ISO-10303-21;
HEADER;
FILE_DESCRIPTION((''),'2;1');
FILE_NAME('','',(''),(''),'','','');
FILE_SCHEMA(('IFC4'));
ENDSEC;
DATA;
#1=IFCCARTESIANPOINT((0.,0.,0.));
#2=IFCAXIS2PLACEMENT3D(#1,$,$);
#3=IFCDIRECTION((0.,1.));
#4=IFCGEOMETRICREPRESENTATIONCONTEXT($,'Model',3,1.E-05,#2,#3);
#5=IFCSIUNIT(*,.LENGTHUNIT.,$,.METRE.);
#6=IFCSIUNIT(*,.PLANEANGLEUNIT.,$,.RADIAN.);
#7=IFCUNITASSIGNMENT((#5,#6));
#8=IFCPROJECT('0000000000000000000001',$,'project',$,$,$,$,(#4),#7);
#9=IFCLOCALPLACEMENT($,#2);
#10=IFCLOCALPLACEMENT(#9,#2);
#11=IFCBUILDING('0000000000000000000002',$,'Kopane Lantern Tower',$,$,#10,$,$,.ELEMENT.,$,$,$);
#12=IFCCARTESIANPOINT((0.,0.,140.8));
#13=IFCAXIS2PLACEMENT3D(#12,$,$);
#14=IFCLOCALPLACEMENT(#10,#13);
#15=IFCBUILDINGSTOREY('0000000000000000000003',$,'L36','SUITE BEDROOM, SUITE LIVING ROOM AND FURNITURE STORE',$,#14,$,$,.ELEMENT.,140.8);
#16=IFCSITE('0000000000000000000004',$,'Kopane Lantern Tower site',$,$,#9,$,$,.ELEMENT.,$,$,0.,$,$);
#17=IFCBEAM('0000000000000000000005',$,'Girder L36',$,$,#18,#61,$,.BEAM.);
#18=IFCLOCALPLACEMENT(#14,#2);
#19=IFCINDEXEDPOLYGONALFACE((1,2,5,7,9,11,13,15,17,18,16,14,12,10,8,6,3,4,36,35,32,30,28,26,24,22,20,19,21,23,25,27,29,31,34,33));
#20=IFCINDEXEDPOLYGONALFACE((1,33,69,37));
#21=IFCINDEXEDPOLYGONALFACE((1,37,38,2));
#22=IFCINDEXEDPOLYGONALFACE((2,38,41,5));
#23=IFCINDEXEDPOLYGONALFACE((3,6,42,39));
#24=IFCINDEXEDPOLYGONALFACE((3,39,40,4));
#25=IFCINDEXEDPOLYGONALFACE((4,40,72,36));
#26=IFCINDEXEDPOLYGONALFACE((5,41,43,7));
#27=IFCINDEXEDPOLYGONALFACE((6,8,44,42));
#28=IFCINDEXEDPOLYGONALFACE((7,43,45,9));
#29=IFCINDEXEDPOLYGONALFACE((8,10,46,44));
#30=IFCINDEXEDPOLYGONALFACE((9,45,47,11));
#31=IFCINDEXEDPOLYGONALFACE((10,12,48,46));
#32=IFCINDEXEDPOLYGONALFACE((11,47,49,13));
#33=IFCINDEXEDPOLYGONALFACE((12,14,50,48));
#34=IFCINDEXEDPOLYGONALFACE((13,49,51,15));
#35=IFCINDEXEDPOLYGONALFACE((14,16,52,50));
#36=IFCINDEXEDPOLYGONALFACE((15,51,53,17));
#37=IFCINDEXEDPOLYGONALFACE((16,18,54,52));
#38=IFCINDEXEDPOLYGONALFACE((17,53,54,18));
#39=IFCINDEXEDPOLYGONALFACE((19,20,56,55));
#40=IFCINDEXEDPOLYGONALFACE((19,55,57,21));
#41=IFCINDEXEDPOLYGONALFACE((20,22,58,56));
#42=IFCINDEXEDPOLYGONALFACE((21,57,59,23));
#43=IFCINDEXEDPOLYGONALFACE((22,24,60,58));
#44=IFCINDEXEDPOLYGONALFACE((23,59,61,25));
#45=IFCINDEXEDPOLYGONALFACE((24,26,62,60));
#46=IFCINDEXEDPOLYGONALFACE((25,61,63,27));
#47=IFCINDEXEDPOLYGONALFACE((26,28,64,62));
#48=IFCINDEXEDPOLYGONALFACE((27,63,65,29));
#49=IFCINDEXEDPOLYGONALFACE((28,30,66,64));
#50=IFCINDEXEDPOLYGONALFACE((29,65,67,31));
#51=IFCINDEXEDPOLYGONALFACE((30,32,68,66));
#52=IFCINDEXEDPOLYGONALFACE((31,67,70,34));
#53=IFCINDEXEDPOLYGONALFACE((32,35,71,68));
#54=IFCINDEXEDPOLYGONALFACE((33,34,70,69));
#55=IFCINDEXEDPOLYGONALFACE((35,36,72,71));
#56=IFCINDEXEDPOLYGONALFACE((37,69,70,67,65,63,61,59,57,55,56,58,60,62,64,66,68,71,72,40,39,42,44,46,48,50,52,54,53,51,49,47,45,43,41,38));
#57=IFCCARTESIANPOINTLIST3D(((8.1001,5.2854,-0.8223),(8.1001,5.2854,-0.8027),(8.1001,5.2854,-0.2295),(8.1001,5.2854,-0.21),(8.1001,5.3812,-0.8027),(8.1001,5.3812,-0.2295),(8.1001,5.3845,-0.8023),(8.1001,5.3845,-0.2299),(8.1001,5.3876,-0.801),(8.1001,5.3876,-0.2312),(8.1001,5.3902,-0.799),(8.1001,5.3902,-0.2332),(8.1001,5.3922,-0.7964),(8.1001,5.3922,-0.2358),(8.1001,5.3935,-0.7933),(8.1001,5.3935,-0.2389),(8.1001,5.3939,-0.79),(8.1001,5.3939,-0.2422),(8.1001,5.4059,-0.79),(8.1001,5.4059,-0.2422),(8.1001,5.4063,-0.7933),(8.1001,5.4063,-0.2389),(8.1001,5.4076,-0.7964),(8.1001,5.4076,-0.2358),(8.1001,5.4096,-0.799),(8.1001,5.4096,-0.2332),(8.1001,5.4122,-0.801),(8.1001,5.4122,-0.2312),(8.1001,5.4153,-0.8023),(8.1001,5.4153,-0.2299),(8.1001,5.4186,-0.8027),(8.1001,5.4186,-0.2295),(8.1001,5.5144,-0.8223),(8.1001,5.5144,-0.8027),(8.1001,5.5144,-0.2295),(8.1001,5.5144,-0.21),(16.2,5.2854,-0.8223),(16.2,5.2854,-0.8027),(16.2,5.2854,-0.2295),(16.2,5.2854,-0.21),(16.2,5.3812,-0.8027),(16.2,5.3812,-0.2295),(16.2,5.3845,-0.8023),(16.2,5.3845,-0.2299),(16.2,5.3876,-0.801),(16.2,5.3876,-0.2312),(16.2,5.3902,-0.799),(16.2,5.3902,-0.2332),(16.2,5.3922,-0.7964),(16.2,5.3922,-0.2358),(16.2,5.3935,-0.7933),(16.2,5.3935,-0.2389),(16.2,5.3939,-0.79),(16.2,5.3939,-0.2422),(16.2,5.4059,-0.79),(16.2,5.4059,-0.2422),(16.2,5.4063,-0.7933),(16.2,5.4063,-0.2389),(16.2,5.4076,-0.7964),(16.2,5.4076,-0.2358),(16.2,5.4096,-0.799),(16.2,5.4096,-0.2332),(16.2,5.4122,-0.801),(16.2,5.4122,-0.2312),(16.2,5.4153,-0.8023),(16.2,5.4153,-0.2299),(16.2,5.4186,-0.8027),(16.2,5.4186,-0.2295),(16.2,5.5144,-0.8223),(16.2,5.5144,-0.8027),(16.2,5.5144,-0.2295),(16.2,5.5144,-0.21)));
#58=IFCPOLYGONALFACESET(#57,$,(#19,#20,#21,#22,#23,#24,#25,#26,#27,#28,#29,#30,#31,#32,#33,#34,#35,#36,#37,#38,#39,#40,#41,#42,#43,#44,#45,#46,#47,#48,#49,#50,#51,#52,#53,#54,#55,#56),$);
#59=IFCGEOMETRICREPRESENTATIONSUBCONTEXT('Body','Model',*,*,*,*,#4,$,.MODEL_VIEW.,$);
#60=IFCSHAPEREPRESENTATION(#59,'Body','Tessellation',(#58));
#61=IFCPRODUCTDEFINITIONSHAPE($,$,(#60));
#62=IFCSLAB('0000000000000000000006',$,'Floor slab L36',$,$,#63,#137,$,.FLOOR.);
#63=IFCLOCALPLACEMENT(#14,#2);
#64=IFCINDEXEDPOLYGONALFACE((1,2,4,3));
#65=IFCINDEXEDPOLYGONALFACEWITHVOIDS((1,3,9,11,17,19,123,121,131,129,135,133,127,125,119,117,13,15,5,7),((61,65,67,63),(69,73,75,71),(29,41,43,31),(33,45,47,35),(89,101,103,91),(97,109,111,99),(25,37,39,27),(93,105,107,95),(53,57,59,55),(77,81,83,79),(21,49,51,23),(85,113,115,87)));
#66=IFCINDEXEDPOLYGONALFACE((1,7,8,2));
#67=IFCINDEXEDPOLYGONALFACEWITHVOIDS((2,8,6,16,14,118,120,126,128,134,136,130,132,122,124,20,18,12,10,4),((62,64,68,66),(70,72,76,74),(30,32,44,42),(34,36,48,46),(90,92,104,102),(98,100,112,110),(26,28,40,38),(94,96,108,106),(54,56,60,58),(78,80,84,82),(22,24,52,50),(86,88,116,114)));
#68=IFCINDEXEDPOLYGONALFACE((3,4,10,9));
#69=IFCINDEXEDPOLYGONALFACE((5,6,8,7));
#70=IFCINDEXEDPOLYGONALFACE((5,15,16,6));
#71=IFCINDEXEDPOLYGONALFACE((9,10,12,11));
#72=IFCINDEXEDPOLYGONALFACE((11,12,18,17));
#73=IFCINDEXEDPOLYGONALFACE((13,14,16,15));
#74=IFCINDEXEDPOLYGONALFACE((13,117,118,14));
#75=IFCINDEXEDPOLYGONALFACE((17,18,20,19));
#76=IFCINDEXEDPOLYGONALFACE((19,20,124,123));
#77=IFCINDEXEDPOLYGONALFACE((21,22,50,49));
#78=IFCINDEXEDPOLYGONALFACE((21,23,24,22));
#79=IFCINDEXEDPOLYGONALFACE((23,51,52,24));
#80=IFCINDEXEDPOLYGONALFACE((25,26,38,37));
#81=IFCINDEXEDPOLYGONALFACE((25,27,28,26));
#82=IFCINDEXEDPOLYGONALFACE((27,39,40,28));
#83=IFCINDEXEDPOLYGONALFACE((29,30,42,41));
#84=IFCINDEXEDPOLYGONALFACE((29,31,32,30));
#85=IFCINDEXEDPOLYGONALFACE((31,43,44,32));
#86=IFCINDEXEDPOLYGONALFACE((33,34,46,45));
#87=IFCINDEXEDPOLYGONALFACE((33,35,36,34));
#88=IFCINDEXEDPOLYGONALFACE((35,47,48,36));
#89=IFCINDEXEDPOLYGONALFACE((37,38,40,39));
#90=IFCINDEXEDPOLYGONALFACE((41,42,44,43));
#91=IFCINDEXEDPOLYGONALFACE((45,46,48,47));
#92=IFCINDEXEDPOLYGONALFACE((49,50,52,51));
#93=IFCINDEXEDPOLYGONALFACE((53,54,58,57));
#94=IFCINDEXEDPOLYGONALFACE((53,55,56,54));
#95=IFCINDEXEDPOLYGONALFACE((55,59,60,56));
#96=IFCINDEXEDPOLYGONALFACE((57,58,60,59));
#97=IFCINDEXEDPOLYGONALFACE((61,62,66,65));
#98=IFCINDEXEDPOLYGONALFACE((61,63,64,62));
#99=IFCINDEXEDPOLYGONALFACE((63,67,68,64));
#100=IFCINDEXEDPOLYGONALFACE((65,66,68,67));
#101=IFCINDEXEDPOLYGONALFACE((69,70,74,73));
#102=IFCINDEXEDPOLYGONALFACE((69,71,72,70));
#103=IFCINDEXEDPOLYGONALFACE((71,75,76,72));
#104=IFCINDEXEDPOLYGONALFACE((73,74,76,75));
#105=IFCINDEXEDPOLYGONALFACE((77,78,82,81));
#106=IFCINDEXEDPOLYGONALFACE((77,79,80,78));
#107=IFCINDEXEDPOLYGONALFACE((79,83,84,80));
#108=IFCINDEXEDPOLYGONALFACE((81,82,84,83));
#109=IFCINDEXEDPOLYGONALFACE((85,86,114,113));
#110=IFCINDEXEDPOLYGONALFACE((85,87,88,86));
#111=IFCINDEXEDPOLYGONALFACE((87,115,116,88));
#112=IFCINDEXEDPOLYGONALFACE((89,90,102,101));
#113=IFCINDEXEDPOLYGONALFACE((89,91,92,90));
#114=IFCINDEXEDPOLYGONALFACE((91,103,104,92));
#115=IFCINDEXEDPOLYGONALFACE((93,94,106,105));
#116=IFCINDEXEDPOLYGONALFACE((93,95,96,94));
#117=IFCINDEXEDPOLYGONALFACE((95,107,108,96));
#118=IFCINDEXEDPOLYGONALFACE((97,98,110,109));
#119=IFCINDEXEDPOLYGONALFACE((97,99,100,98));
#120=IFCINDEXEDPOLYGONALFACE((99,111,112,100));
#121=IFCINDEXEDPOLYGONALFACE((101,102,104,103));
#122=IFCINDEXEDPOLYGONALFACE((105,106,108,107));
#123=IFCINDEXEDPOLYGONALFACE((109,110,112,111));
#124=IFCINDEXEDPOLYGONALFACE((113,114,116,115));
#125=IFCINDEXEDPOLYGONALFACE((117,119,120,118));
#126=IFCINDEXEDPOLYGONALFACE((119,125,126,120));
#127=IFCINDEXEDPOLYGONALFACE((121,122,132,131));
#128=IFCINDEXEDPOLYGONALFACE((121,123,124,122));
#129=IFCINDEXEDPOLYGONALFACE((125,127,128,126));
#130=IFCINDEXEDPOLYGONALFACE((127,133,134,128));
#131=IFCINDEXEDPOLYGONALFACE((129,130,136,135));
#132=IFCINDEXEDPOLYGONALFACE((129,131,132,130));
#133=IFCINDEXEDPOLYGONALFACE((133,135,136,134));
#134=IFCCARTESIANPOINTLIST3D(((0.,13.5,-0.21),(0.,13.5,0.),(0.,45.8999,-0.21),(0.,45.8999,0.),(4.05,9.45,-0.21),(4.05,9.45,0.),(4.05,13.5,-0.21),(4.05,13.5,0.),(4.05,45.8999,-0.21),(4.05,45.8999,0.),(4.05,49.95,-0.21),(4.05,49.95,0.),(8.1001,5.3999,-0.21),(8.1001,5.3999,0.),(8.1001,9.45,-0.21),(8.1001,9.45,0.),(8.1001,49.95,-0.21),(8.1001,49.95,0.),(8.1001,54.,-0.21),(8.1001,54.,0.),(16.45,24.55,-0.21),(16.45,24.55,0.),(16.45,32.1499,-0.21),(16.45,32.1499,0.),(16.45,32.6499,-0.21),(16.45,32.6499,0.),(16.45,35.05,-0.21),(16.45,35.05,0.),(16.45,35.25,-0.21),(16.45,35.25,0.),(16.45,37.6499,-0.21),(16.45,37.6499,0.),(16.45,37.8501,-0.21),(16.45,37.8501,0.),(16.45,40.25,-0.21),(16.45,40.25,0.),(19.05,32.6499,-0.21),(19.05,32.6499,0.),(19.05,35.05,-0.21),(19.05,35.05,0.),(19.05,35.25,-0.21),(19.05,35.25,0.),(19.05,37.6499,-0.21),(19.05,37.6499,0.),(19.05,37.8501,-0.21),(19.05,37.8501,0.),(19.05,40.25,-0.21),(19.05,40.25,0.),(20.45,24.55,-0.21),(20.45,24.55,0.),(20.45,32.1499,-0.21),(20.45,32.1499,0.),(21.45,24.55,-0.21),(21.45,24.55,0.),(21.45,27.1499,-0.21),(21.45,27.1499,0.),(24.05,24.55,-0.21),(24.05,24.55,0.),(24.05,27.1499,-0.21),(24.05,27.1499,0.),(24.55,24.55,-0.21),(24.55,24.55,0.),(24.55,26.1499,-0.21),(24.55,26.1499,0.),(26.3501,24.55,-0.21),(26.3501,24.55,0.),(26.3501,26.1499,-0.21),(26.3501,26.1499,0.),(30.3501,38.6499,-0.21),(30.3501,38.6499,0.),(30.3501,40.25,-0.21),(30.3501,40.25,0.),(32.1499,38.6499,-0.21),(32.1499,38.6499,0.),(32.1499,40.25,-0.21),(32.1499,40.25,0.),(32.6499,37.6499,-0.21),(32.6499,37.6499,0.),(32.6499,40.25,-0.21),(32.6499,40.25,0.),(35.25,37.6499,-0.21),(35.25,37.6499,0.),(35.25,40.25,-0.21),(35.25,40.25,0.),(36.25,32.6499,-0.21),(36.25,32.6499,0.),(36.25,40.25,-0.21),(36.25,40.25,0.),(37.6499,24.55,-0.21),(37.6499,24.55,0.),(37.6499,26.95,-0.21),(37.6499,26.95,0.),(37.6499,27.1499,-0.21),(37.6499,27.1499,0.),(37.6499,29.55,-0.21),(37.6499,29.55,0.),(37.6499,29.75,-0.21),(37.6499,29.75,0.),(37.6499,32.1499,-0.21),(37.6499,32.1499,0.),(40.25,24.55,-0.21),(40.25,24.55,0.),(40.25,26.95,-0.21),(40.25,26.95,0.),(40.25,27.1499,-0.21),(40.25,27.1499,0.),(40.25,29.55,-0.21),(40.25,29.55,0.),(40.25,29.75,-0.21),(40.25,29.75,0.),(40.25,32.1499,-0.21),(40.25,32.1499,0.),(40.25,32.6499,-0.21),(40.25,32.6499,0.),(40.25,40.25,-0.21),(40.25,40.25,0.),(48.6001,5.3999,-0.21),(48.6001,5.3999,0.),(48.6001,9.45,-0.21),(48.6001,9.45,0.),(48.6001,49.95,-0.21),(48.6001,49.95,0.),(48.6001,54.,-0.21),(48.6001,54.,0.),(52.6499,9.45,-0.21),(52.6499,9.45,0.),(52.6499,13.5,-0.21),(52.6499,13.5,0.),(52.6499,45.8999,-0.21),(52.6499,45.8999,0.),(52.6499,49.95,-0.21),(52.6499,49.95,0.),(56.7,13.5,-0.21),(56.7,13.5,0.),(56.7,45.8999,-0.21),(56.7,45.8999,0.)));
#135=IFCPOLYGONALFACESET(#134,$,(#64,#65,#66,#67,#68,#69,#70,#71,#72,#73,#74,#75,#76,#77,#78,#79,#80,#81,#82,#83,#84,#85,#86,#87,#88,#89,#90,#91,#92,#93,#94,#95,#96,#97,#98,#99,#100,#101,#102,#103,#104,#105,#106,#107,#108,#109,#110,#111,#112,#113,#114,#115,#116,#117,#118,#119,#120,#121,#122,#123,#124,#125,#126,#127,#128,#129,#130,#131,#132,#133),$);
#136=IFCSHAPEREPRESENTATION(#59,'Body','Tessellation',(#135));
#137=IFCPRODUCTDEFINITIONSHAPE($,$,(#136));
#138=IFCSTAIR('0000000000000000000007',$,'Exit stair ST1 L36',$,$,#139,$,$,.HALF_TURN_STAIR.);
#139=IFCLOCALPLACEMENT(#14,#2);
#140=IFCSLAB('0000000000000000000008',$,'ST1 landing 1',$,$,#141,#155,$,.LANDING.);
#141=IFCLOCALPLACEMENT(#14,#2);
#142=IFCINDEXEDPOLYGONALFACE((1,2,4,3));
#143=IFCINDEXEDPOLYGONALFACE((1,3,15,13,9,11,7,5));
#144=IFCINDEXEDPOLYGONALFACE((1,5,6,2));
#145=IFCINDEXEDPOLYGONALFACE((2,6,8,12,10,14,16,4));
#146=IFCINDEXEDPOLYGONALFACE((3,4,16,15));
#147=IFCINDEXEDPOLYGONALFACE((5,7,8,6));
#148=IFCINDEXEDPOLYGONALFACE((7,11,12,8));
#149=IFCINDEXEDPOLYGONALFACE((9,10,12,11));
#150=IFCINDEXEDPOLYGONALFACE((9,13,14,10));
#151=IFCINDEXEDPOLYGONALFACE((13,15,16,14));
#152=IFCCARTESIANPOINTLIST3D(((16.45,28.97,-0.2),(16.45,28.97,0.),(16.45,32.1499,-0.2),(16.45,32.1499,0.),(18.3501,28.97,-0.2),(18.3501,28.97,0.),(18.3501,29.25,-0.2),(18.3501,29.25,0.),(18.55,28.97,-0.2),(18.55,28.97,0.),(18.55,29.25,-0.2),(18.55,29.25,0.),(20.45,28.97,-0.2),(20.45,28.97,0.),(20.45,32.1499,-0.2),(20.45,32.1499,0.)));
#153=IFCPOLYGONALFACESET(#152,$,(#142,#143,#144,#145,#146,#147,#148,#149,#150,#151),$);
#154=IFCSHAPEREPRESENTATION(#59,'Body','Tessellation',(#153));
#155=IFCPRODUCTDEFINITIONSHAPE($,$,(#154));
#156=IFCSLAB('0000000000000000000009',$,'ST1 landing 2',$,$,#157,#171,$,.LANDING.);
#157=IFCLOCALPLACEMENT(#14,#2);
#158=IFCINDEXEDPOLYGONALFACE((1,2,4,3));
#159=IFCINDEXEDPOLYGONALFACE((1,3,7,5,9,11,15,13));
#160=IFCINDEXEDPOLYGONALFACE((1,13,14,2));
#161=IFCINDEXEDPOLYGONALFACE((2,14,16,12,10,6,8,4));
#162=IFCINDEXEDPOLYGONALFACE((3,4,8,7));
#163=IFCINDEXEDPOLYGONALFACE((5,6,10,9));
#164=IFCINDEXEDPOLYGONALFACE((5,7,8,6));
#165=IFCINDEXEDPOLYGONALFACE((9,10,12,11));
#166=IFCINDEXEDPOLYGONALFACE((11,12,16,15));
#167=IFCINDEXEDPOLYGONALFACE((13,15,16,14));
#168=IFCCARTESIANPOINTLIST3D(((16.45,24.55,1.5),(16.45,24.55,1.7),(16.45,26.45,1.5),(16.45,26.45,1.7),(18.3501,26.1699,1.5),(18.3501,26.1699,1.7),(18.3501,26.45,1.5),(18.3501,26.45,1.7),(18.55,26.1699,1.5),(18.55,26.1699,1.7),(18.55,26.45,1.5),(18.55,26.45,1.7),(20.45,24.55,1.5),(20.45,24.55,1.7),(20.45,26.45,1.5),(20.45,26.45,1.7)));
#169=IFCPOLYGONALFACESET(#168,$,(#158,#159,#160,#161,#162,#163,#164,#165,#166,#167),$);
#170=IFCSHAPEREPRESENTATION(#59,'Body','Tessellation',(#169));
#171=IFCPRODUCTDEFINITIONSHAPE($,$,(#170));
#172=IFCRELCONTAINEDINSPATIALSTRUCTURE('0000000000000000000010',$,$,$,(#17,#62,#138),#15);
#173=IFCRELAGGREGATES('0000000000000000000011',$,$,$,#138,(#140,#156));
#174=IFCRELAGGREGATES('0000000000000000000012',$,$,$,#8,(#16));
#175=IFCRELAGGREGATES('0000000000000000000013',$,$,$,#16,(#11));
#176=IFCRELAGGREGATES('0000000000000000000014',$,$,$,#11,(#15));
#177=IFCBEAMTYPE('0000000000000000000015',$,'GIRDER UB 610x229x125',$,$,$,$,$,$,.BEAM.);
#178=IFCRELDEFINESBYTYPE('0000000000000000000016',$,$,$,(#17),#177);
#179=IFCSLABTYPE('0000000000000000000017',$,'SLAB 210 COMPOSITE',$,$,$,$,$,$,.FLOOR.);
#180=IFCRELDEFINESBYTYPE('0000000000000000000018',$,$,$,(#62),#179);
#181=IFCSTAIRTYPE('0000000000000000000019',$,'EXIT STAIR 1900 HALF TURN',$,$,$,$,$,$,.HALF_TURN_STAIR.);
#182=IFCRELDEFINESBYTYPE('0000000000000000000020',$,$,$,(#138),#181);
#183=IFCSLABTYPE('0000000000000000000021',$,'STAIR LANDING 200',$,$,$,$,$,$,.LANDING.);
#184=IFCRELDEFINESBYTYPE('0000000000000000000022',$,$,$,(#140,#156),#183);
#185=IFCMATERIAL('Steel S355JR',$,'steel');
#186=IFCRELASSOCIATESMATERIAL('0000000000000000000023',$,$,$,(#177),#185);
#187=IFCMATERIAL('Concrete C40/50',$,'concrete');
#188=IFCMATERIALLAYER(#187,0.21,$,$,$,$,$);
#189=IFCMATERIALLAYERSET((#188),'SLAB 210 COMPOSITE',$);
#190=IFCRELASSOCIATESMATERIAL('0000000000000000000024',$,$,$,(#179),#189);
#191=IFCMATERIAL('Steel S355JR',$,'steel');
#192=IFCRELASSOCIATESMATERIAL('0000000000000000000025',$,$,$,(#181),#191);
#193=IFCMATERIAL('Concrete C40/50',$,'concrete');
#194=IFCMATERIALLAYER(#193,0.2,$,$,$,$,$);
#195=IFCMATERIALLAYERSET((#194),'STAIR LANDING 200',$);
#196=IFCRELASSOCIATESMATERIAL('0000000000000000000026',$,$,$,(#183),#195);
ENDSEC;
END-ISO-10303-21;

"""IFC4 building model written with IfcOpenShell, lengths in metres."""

from ifc_helpers import new_model, si_unit, direction, frame, origin, origin_2d, place, context, subcontext, project, spatial, polyline, i_section, outline, extrude, material, layer, layer_set, material_profile, profile_set, type_object, element, aggregate, save


model = new_model("IFC4")

# Units and contexts
model_context = context("Model", 3, precision=1e-05, world=origin(), true_north=direction((0.0, 1.0)))
body_context = subcontext(model_context, "Body", "Model", "MODEL_VIEW")
ifc_project = project(units=[si_unit("LENGTHUNIT", "METRE"), si_unit("PLANEANGLEUNIT", "RADIAN")], contexts=[model_context])

# Site, building, storey
site_placement = place(None, origin())
site = spatial("IfcSite", under=ifc_project, at=site_placement, Name="Kopane Lantern Tower site", CompositionType="ELEMENT", RefElevation=0.0)
building_placement = place(site_placement, origin())
building = spatial("IfcBuilding", under=site, at=building_placement, Name="Kopane Lantern Tower", CompositionType="ELEMENT")
storey_placement = place(building_placement, frame((0.0, 0.0, 140.8)))
storey = spatial("IfcBuildingStorey", under=building, at=storey_placement, Name="L36", Description="SUITE BEDROOM, SUITE LIVING ROOM AND FURNITURE STORE", CompositionType="ELEMENT", Elevation=140.8)

# Beam
ifc_material_1 = material(Name="Steel S355JR", Category="steel")
ifc_material_profile_1 = material_profile(ifc_material_1, i_section(OverallWidth=0.229, OverallDepth=0.6123, WebThickness=0.012, FlangeThickness=0.0195, FilletRadius=0.0127, at=origin_2d()), Name="UB 610x229x125")
ifc_profile_set_1 = profile_set([ifc_material_profile_1], Name="Steel S355JR")
beam_type_1 = type_object("IfcBeamType", Name="GIRDER UB 610x229x125", PredefinedType="BEAM", material=ifc_profile_set_1)
beam_1_placement = place(storey_placement, frame((8.1001, 5.3999, -0.5161), z_axis=(1.0, 0.0, 0.0), x_axis=(0.0, 1.0, 0.0)))
element("IfcBeam", 1, at=beam_1_placement, inside=storey, type_object=beam_type_1, Name="Girder L36", PredefinedType="BEAM", context=body_context, shape_type="SweptSolid", body=[
    extrude(i_section(OverallWidth=0.229, OverallDepth=0.6123, WebThickness=0.012, FlangeThickness=0.0195, FilletRadius=0.0127, at=origin_2d()), origin(), (0.0, 0.0, 1.0), 8.0999),
])

# Slab
ifc_material_2 = material(Name="Concrete C40/50", Category="concrete")
ifc_layer_1 = layer(ifc_material_2, 0.21)
ifc_layer_set_1 = layer_set([ifc_layer_1], Name="SLAB 210 COMPOSITE")
slab_type_1 = type_object("IfcSlabType", Name="SLAB 210 COMPOSITE", PredefinedType="FLOOR", material=ifc_layer_set_1)
slab_1_placement = place(storey_placement, frame((0.0, 0.0, -0.21)))
element("IfcSlab", 2, at=slab_1_placement, inside=storey, type_object=slab_type_1, Name="Floor slab L36", PredefinedType="FLOOR", context=body_context, shape_type="SweptSolid", body=[
    extrude(outline(polyline([(8.1001, 5.3999), (48.6001, 5.3999), (48.6001, 9.45), (52.6499, 9.45), (52.6499, 13.5), (56.7, 13.5), (56.7, 45.8999), (52.6499, 45.8999), (52.6499, 49.95), (48.6001, 49.95), (48.6001, 54.0), (8.1001, 54.0), (8.1001, 49.95), (4.05, 49.95), (4.05, 45.8999), (0.0, 45.8999), (0.0, 13.5), (4.05, 13.5), (4.05, 9.45), (8.1001, 9.45), (8.1001, 5.3999)]), holes=[polyline([(16.45, 24.55), (20.45, 24.55), (20.45, 32.1499), (16.45, 32.1499), (16.45, 24.55)]), polyline([(36.25, 32.6499), (40.25, 32.6499), (40.25, 40.25), (36.25, 40.25), (36.25, 32.6499)]), polyline([(16.45, 32.6499), (19.05, 32.6499), (19.05, 35.05), (16.45, 35.05), (16.45, 32.6499)]), polyline([(16.45, 35.25), (19.05, 35.25), (19.05, 37.6499), (16.45, 37.6499), (16.45, 35.25)]), polyline([(16.45, 37.8501), (19.05, 37.8501), (19.05, 40.25), (16.45, 40.25), (16.45, 37.8501)]), polyline([(37.6499, 24.55), (40.25, 24.55), (40.25, 26.95), (37.6499, 26.95), (37.6499, 24.55)]), polyline([(37.6499, 27.1499), (40.25, 27.1499), (40.25, 29.55), (37.6499, 29.55), (37.6499, 27.1499)]), polyline([(37.6499, 29.75), (40.25, 29.75), (40.25, 32.1499), (37.6499, 32.1499), (37.6499, 29.75)]), polyline([(21.45, 24.55), (24.05, 24.55), (24.05, 27.1499), (21.45, 27.1499), (21.45, 24.55)]), polyline([(32.6499, 37.6499), (35.25, 37.6499), (35.25, 40.25), (32.6499, 40.25), (32.6499, 37.6499)]), polyline([(24.55, 24.55), (26.3501, 24.55), (26.3501, 26.1499), (24.55, 26.1499), (24.55, 24.55)]), polyline([(30.3501, 38.6499), (32.1499, 38.6499), (32.1499, 40.25), (30.3501, 40.25), (30.3501, 38.6499)])]), origin(), (0.0, 0.0, 1.0), 0.21),
])

# Stair, slabs
ifc_material_3 = material(Name="Steel S355JR", Category="steel")
stair_type = type_object("IfcStairType", Name="EXIT STAIR 1900 HALF TURN", PredefinedType="HALF_TURN_STAIR", material=ifc_material_3)
stair_1_placement = place(storey_placement, origin())
stair_1 = element("IfcStair", 3, at=stair_1_placement, inside=storey, type_object=stair_type, Name="Exit stair ST1 L36", PredefinedType="HALF_TURN_STAIR")
ifc_material_4 = material(Name="Concrete C40/50", Category="concrete")
ifc_layer_2 = layer(ifc_material_4, 0.2)
ifc_layer_set_2 = layer_set([ifc_layer_2], Name="STAIR LANDING 200")
slab_type_2 = type_object("IfcSlabType", Name="STAIR LANDING 200", PredefinedType="LANDING", material=ifc_layer_set_2)
slab_2_placement = place(storey_placement, frame((0.0, 0.0, -0.2)))
slab_2 = element("IfcSlab", 4, at=slab_2_placement, type_object=slab_type_2, Name="ST1 landing 1", PredefinedType="LANDING", context=body_context, shape_type="SweptSolid", body=[
    extrude(outline(polyline([(18.3501, 29.25), (18.55, 29.25), (18.55, 28.97), (20.45, 28.97), (20.45, 32.1499), (16.45, 32.1499), (16.45, 28.97), (18.3501, 28.97), (18.3501, 29.25)])), origin(), (0.0, 0.0, 1.0), 0.2),
])
slab_3_placement = place(storey_placement, frame((0.0, 0.0, 1.5)))
slab_3 = element("IfcSlab", 5, at=slab_3_placement, type_object=slab_type_2, Name="ST1 landing 2", PredefinedType="LANDING", context=body_context, shape_type="SweptSolid", body=[
    extrude(outline(polyline([(20.45, 26.45), (18.55, 26.45), (18.55, 26.1699), (18.3501, 26.1699), (18.3501, 26.45), (16.45, 26.45), (16.45, 24.55), (20.45, 24.55), (20.45, 26.45)])), origin(), (0.0, 0.0, 1.0), 0.2),
])
aggregate(stair_1, [slab_2, slab_3])

save(model, "model.ifc")
